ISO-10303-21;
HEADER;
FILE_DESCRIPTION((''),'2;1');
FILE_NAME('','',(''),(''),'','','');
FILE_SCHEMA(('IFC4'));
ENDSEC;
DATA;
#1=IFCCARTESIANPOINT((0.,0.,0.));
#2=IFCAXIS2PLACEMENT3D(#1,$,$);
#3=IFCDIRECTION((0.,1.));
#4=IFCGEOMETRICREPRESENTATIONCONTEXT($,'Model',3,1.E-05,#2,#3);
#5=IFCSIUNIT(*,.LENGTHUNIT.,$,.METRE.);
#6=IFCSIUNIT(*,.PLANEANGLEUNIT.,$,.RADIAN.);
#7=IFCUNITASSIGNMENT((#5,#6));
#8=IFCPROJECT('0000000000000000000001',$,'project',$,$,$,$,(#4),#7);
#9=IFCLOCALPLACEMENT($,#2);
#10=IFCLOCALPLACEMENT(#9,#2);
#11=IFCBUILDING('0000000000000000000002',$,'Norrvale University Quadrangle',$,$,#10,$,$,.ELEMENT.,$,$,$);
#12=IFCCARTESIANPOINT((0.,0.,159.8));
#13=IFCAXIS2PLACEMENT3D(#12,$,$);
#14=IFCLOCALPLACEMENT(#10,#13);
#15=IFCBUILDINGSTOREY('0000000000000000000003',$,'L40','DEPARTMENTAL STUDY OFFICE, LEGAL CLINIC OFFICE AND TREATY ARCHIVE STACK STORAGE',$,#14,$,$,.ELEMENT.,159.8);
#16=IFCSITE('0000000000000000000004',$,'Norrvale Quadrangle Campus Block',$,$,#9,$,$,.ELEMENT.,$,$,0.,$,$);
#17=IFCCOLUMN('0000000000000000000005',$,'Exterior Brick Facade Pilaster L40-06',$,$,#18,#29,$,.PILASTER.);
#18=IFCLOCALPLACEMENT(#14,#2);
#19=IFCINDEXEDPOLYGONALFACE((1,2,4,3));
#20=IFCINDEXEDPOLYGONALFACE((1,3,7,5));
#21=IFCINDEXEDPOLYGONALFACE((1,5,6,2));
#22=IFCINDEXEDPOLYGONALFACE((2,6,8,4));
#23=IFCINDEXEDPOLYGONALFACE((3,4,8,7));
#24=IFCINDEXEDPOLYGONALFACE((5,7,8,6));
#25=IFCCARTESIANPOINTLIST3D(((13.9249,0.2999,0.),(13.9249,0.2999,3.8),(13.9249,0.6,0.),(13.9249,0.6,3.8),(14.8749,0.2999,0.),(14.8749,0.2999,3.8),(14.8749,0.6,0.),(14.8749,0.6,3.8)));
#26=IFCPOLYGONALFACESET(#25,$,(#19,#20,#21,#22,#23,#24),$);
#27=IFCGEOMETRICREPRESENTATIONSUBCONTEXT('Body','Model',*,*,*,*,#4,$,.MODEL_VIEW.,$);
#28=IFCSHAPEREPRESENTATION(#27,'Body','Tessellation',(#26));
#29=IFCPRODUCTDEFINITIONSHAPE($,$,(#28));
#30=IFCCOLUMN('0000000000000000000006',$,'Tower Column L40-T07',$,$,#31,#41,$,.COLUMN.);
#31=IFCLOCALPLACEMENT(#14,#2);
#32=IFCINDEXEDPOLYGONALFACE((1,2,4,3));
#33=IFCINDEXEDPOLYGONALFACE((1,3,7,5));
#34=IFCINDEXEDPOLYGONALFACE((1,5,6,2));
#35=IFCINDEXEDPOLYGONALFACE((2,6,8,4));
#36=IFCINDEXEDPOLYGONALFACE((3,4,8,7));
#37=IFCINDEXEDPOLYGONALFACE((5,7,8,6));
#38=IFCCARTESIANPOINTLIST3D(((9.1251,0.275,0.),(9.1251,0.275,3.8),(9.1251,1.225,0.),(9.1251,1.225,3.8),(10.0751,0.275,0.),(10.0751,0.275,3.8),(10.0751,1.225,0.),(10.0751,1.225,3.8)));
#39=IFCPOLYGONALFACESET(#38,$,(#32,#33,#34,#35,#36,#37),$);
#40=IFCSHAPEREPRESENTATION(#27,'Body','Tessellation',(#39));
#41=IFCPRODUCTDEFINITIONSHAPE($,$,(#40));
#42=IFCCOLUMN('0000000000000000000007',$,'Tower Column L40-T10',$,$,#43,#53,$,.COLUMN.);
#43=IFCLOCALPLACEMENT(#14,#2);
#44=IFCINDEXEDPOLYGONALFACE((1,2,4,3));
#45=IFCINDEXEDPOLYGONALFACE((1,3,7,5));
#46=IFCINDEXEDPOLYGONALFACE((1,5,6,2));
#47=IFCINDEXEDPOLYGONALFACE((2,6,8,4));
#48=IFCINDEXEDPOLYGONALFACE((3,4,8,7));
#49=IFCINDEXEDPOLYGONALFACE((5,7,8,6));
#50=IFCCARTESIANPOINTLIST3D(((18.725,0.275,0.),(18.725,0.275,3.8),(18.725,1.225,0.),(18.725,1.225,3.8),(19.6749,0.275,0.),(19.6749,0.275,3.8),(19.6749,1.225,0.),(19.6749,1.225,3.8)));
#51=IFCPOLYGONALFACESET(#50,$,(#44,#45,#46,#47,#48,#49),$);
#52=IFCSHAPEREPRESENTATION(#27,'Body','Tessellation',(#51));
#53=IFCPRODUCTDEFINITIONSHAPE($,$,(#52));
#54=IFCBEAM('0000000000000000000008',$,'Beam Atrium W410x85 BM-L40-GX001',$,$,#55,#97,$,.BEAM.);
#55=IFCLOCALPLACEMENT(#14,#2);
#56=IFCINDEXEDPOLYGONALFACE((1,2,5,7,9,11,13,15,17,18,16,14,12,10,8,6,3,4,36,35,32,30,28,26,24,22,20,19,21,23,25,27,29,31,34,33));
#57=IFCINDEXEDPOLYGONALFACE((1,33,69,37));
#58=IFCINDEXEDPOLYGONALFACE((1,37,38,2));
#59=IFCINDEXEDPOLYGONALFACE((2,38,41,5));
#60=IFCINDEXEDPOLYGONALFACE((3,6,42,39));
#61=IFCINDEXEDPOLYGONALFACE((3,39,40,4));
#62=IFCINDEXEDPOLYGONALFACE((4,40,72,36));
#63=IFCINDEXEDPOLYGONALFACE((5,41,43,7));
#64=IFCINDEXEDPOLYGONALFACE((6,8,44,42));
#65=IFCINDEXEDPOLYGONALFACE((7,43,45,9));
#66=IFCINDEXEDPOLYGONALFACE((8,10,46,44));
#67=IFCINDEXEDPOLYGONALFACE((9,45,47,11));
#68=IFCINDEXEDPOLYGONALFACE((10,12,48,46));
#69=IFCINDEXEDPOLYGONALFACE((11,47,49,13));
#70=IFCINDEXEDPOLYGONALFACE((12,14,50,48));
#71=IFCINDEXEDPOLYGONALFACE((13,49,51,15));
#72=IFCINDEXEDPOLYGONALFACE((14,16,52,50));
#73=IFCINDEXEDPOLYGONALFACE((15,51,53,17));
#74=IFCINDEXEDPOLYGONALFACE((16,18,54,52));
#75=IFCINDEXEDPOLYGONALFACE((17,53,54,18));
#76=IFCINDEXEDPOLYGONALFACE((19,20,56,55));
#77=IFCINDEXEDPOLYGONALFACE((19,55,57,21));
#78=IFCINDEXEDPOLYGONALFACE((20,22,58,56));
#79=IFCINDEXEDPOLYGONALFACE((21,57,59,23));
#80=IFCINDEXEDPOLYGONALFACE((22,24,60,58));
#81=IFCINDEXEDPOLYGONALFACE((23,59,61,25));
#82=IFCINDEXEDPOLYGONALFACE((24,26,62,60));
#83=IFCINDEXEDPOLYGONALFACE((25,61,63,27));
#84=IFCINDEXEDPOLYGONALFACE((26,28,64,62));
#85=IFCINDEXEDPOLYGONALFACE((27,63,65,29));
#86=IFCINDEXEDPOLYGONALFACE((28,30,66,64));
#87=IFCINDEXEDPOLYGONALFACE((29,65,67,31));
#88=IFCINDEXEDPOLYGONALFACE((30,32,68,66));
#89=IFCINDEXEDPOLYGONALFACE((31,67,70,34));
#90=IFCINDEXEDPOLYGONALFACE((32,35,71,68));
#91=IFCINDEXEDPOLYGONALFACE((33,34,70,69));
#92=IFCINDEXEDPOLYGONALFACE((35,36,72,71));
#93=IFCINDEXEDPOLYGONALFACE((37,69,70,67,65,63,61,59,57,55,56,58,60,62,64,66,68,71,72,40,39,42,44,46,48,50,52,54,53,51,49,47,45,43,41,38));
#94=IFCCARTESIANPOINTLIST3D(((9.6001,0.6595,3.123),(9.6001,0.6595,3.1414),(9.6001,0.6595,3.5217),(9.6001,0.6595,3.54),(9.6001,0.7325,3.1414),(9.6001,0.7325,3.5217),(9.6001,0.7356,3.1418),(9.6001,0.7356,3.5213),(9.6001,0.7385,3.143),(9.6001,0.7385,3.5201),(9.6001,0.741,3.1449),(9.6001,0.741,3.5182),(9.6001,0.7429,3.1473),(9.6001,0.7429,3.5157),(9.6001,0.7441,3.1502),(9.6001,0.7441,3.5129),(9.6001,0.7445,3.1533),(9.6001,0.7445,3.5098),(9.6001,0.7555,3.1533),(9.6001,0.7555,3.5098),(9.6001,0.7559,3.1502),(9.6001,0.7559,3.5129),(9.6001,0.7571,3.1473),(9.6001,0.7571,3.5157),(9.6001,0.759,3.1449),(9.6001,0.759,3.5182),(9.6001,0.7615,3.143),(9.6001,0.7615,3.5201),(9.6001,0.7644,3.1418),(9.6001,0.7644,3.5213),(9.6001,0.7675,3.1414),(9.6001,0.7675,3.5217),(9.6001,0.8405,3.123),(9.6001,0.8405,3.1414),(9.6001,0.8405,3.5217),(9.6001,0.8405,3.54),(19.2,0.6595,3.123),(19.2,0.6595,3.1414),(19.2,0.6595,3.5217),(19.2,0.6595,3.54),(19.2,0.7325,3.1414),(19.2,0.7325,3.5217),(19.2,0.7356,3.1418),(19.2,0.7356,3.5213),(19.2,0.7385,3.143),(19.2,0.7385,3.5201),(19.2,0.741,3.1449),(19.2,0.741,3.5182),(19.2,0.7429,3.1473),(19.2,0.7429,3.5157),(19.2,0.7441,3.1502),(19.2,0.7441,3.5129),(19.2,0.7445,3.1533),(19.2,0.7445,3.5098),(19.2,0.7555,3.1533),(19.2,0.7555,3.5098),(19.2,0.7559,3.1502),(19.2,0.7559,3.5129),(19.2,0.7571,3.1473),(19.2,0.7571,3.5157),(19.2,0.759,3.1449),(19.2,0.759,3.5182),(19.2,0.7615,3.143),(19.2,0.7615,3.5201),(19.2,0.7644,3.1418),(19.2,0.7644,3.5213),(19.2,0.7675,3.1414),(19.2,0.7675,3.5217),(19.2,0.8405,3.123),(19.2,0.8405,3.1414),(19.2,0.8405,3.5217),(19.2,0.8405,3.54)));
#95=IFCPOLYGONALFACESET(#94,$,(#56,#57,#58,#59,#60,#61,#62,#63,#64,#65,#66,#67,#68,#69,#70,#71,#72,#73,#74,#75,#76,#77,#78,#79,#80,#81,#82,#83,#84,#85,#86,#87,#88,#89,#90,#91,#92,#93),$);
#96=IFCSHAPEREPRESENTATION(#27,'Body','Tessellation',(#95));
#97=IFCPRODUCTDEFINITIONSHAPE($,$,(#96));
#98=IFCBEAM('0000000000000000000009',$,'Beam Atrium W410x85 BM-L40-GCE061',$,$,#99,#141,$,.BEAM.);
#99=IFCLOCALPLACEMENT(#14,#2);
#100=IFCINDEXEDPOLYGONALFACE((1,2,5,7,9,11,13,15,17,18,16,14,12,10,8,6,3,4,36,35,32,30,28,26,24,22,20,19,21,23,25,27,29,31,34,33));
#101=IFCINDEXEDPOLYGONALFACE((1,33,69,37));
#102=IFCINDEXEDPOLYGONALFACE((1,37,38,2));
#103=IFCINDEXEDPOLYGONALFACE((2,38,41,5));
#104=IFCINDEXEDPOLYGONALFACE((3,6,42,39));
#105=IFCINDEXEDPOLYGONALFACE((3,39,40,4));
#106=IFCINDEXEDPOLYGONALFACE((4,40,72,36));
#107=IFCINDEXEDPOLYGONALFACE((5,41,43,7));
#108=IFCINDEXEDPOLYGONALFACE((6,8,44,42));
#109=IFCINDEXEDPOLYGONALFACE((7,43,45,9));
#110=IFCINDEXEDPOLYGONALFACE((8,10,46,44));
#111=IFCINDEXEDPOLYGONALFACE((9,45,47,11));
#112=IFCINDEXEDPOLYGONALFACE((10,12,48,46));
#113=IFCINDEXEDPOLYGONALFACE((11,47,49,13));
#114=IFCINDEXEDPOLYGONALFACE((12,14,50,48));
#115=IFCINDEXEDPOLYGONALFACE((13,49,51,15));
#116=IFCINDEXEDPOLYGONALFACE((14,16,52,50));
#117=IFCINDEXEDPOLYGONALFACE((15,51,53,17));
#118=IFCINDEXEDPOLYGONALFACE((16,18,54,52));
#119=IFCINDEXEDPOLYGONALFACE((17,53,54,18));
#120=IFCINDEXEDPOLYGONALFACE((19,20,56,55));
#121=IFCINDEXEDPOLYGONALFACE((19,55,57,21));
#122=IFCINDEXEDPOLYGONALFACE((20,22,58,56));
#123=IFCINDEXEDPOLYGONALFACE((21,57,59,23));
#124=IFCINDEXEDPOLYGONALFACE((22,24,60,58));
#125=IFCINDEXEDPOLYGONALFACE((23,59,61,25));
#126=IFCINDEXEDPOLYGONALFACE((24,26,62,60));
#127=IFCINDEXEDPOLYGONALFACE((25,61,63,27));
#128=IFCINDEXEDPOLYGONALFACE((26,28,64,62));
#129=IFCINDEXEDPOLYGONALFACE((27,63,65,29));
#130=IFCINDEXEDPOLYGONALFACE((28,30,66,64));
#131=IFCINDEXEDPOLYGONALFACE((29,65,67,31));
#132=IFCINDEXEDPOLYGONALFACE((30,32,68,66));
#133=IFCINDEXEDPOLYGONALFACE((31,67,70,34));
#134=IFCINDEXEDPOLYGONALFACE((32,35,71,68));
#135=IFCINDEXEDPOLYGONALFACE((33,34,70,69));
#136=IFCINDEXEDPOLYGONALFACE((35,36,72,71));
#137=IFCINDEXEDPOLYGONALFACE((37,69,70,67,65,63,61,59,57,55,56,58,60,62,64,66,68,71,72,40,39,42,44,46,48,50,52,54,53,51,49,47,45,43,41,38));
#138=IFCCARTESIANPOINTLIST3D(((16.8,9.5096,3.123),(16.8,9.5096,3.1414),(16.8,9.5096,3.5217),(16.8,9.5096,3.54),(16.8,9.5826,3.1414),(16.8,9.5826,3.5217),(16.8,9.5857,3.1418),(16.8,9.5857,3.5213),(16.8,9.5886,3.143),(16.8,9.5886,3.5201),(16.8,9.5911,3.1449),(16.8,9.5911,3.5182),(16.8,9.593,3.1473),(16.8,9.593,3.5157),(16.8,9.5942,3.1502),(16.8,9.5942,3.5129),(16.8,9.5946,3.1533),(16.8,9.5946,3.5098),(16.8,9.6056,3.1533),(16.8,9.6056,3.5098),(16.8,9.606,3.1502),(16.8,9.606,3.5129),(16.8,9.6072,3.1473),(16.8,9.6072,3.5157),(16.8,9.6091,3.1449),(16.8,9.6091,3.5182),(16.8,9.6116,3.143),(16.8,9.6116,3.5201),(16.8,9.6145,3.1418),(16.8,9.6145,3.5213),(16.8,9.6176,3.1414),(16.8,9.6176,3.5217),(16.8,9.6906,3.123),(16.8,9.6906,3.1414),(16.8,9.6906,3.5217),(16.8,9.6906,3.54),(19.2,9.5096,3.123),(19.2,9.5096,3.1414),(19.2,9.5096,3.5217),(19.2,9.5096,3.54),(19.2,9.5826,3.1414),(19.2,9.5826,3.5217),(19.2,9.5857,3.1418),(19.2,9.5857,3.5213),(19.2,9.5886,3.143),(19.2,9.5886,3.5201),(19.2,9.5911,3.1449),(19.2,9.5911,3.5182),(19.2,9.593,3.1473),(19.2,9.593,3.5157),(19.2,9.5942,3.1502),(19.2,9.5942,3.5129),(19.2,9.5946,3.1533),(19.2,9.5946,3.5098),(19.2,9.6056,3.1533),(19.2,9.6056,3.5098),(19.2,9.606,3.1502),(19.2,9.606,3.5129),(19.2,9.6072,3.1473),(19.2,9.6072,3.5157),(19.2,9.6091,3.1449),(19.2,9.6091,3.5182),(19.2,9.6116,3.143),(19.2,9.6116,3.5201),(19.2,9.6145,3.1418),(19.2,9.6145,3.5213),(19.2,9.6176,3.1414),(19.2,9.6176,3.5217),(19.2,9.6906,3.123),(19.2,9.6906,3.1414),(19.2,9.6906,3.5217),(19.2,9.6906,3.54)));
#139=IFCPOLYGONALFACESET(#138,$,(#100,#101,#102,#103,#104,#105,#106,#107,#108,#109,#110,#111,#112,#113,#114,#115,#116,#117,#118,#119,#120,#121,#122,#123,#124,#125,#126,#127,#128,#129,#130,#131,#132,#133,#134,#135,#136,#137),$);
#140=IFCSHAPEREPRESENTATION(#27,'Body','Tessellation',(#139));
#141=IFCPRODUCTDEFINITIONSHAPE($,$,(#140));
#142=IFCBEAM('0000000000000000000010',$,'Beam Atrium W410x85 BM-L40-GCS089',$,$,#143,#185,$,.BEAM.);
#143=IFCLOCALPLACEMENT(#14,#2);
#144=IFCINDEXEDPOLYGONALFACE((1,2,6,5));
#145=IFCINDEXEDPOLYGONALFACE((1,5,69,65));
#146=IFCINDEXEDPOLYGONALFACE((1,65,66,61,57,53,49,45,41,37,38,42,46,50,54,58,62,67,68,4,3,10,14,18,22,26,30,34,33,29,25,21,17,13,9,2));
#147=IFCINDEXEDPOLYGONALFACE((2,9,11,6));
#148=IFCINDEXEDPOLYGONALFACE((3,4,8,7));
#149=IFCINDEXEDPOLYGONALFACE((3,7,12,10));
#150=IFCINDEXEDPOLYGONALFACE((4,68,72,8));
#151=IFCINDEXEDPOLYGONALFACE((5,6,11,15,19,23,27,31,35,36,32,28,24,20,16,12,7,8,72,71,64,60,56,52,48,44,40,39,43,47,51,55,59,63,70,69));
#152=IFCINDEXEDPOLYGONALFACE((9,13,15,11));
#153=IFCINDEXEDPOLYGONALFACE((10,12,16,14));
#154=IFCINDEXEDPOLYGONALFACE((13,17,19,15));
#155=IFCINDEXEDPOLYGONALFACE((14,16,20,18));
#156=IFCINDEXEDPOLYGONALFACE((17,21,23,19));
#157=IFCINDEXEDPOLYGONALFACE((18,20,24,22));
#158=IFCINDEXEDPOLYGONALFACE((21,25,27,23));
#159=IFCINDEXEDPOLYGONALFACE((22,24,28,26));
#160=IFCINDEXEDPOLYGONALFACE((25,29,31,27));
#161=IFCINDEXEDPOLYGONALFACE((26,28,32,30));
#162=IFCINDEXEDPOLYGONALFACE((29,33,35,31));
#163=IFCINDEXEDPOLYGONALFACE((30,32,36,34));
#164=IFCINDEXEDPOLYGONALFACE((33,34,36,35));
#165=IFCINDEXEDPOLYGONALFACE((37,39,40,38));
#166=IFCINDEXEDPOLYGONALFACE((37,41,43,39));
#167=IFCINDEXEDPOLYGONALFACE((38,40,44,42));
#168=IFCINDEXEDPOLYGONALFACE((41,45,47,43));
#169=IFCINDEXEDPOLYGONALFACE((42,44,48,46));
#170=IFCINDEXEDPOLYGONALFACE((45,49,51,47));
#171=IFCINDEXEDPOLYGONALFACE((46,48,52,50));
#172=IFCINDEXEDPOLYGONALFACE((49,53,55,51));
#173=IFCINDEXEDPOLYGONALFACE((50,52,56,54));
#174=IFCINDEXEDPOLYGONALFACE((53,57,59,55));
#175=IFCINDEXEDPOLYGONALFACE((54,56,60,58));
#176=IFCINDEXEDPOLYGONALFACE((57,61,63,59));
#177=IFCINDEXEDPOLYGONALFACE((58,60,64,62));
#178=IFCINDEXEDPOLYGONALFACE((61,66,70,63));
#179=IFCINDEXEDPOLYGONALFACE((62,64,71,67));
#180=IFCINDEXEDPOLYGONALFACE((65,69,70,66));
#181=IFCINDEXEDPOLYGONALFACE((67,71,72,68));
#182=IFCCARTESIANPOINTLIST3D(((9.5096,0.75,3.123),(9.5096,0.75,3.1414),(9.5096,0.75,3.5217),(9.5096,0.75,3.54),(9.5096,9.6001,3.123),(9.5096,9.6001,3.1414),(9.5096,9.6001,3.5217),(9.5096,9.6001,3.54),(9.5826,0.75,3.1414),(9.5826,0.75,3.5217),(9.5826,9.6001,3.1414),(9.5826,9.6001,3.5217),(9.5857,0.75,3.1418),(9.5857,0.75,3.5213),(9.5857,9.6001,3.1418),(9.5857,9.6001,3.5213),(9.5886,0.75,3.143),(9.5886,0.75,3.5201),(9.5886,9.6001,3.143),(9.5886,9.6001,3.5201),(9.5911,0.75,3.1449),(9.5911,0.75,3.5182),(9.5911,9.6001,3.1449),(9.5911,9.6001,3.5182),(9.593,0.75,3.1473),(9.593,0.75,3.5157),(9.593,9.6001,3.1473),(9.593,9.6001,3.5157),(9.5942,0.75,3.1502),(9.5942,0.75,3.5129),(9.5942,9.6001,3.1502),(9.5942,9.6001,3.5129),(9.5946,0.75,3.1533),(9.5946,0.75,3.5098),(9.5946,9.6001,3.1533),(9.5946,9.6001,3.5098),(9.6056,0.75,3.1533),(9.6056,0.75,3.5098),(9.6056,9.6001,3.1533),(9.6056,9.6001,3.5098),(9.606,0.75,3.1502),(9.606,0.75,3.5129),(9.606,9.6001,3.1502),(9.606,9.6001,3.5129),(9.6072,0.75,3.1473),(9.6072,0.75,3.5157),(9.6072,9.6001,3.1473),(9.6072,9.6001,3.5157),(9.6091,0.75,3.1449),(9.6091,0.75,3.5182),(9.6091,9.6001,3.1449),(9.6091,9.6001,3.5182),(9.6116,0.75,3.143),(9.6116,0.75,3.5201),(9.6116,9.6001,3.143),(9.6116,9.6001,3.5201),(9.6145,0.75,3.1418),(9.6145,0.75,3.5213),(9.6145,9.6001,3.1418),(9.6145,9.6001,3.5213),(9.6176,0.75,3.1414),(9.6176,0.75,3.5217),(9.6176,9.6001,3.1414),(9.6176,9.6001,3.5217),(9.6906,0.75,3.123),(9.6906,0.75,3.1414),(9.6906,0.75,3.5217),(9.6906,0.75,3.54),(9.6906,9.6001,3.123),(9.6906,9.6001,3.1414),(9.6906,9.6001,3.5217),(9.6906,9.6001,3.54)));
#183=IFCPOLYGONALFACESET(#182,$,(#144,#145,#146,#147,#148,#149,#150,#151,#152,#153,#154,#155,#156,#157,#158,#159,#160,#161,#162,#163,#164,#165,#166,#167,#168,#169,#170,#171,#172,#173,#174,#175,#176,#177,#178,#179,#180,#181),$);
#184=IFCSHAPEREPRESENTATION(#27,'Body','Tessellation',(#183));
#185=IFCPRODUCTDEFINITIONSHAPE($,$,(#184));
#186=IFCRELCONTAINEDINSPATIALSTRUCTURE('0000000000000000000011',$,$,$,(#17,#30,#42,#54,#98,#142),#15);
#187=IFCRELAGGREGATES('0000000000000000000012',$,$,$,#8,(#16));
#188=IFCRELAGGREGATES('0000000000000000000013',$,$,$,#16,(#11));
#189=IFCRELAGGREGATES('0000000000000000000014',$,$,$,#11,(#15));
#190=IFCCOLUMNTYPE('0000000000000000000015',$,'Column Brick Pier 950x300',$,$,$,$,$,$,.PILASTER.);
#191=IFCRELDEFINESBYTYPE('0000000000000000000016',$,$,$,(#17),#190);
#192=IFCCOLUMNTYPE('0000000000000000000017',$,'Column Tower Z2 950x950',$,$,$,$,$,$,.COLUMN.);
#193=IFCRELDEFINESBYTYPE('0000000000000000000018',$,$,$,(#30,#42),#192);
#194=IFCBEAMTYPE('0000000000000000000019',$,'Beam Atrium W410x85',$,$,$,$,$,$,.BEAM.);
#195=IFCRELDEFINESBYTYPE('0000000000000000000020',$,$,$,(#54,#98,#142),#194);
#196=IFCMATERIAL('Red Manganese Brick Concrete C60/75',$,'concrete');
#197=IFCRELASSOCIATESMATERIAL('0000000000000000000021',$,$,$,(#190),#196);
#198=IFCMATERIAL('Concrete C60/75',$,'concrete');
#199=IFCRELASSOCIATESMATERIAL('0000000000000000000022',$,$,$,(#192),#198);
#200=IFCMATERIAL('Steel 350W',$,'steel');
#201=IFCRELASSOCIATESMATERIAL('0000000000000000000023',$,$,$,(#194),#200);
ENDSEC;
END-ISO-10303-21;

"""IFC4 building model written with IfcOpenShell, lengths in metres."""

from ifc_helpers import new_model, si_unit, direction, frame, origin, origin_2d, place, context, subcontext, project, spatial, rectangle, i_section, extrude, material, material_profile, profile_set, type_object, element, save


model = new_model("IFC4")

# Units and contexts
model_context = context("Model", 3, precision=1e-05, world=origin(), true_north=direction((0.0, 1.0)))
body_context = subcontext(model_context, "Body", "Model", "MODEL_VIEW")
ifc_project = project(units=[si_unit("LENGTHUNIT", "METRE"), si_unit("PLANEANGLEUNIT", "RADIAN")], contexts=[model_context])

# Site, building, storey
site_placement = place(None, origin())
site = spatial("IfcSite", under=ifc_project, at=site_placement, Name="Norrvale Quadrangle Campus Block", CompositionType="ELEMENT", RefElevation=0.0)
building_placement = place(site_placement, origin())
building = spatial("IfcBuilding", under=site, at=building_placement, Name="Norrvale University Quadrangle", CompositionType="ELEMENT")
storey_placement = place(building_placement, frame((0.0, 0.0, 159.8)))
storey = spatial("IfcBuildingStorey", under=building, at=storey_placement, Name="L40", Description="DEPARTMENTAL STUDY OFFICE, LEGAL CLINIC OFFICE AND TREATY ARCHIVE STACK STORAGE", CompositionType="ELEMENT", Elevation=159.8)

# Columns
ifc_material_1 = material(Name="Red Manganese Brick Concrete C60/75", Category="concrete")
ifc_material_profile_1 = material_profile(ifc_material_1, rectangle(XDim=0.95, YDim=0.3, at=origin_2d()), Name="Red Manganese Brick Concrete C60/75")
ifc_profile_set_1 = profile_set([ifc_material_profile_1], Name="Red Manganese Brick Concrete C60/75")
column_type_1 = type_object("IfcColumnType", Name="Column Brick Pier 950x300", PredefinedType="PILASTER", material=ifc_profile_set_1)
column_placement = place(storey_placement, frame((14.3999, 0.45, 0.0), z_axis=(0.0, 0.0, 1.0), x_axis=(1.0, 0.0, 0.0)))
element("IfcColumn", 1, at=column_placement, inside=storey, type_object=column_type_1, Name="Exterior Brick Facade Pilaster L40-06", PredefinedType="PILASTER", context=body_context, shape_type="SweptSolid", body=[
    extrude(rectangle(XDim=0.95, YDim=0.3, at=origin_2d()), origin(), (0.0, 0.0, 1.0), 3.8),
])
ifc_material_2 = material(Name="Concrete C60/75", Category="concrete")
ifc_material_profile_2 = material_profile(ifc_material_2, rectangle(XDim=0.95, YDim=0.95, at=origin_2d()), Name="Concrete C60/75")
ifc_profile_set_2 = profile_set([ifc_material_profile_2], Name="Concrete C60/75")
column_type_2 = type_object("IfcColumnType", Name="Column Tower Z2 950x950", PredefinedType="COLUMN", material=ifc_profile_set_2)
for number, where, z_axis, x_axis, name in (
    (2, (9.6001, 0.75, 0.0), (0.0, 0.0, 1.0), (1.0, 0.0, 0.0), "Tower Column L40-T07"),
    (3, (19.2, 0.75, 0.0), (0.0, 0.0, 1.0), (1.0, 0.0, 0.0), "Tower Column L40-T10"),
):
    element("IfcColumn", number, at=place(storey_placement, frame(where, z_axis=z_axis, x_axis=x_axis)), inside=storey, type_object=column_type_2, Name=name, PredefinedType="COLUMN", context=body_context, shape_type="SweptSolid", body=[
        extrude(rectangle(XDim=0.95, YDim=0.95, at=origin_2d()), origin(), (0.0, 0.0, 1.0), 3.8),
    ])

# Beams
ifc_material_3 = material(Name="Steel 350W", Category="steel")
ifc_material_profile_3 = material_profile(ifc_material_3, i_section(OverallWidth=0.1809, OverallDepth=0.417, WebThickness=0.011, FlangeThickness=0.0183, FilletRadius=0.012, at=origin_2d()), Name="Steel 350W")
ifc_profile_set_3 = profile_set([ifc_material_profile_3], Name="Steel 350W")
beam_type_1 = type_object("IfcBeamType", Name="Beam Atrium W410x85", PredefinedType="BEAM", material=ifc_profile_set_3)
beam_1_placement = place(storey_placement, frame((9.6001, 0.75, 3.3315), z_axis=(1.0, 0.0, 0.0), x_axis=(0.0, 1.0, 0.0)))
element("IfcBeam", 4, at=beam_1_placement, inside=storey, type_object=beam_type_1, Name="Beam Atrium W410x85 BM-L40-GX001", PredefinedType="BEAM", context=body_context, shape_type="SweptSolid", body=[
    extrude(i_section(OverallWidth=0.1809, OverallDepth=0.417, WebThickness=0.011, FlangeThickness=0.0183, FilletRadius=0.012, at=origin_2d()), origin(), (0.0, 0.0, 1.0), 9.5999),
])
beam_2_placement = place(storey_placement, frame((16.8, 9.6001, 3.3315), z_axis=(1.0, 0.0, 0.0), x_axis=(0.0, 1.0, 0.0)))
element("IfcBeam", 5, at=beam_2_placement, inside=storey, type_object=beam_type_1, Name="Beam Atrium W410x85 BM-L40-GCE061", PredefinedType="BEAM", context=body_context, shape_type="SweptSolid", body=[
    extrude(i_section(OverallWidth=0.1809, OverallDepth=0.417, WebThickness=0.011, FlangeThickness=0.0183, FilletRadius=0.012, at=origin_2d()), origin(), (0.0, 0.0, 1.0), 2.3999),
])
beam_3_placement = place(storey_placement, frame((9.6001, 0.75, 3.3315), z_axis=(0.0, 1.0, 0.0), x_axis=(-1.0, 0.0, 0.0)))
element("IfcBeam", 6, at=beam_3_placement, inside=storey, type_object=beam_type_1, Name="Beam Atrium W410x85 BM-L40-GCS089", PredefinedType="BEAM", context=body_context, shape_type="SweptSolid", body=[
    extrude(i_section(OverallWidth=0.1809, OverallDepth=0.417, WebThickness=0.011, FlangeThickness=0.0183, FilletRadius=0.012, at=origin_2d()), origin(), (0.0, 0.0, 1.0), 8.8501),
])

save(model, "model.ifc")
